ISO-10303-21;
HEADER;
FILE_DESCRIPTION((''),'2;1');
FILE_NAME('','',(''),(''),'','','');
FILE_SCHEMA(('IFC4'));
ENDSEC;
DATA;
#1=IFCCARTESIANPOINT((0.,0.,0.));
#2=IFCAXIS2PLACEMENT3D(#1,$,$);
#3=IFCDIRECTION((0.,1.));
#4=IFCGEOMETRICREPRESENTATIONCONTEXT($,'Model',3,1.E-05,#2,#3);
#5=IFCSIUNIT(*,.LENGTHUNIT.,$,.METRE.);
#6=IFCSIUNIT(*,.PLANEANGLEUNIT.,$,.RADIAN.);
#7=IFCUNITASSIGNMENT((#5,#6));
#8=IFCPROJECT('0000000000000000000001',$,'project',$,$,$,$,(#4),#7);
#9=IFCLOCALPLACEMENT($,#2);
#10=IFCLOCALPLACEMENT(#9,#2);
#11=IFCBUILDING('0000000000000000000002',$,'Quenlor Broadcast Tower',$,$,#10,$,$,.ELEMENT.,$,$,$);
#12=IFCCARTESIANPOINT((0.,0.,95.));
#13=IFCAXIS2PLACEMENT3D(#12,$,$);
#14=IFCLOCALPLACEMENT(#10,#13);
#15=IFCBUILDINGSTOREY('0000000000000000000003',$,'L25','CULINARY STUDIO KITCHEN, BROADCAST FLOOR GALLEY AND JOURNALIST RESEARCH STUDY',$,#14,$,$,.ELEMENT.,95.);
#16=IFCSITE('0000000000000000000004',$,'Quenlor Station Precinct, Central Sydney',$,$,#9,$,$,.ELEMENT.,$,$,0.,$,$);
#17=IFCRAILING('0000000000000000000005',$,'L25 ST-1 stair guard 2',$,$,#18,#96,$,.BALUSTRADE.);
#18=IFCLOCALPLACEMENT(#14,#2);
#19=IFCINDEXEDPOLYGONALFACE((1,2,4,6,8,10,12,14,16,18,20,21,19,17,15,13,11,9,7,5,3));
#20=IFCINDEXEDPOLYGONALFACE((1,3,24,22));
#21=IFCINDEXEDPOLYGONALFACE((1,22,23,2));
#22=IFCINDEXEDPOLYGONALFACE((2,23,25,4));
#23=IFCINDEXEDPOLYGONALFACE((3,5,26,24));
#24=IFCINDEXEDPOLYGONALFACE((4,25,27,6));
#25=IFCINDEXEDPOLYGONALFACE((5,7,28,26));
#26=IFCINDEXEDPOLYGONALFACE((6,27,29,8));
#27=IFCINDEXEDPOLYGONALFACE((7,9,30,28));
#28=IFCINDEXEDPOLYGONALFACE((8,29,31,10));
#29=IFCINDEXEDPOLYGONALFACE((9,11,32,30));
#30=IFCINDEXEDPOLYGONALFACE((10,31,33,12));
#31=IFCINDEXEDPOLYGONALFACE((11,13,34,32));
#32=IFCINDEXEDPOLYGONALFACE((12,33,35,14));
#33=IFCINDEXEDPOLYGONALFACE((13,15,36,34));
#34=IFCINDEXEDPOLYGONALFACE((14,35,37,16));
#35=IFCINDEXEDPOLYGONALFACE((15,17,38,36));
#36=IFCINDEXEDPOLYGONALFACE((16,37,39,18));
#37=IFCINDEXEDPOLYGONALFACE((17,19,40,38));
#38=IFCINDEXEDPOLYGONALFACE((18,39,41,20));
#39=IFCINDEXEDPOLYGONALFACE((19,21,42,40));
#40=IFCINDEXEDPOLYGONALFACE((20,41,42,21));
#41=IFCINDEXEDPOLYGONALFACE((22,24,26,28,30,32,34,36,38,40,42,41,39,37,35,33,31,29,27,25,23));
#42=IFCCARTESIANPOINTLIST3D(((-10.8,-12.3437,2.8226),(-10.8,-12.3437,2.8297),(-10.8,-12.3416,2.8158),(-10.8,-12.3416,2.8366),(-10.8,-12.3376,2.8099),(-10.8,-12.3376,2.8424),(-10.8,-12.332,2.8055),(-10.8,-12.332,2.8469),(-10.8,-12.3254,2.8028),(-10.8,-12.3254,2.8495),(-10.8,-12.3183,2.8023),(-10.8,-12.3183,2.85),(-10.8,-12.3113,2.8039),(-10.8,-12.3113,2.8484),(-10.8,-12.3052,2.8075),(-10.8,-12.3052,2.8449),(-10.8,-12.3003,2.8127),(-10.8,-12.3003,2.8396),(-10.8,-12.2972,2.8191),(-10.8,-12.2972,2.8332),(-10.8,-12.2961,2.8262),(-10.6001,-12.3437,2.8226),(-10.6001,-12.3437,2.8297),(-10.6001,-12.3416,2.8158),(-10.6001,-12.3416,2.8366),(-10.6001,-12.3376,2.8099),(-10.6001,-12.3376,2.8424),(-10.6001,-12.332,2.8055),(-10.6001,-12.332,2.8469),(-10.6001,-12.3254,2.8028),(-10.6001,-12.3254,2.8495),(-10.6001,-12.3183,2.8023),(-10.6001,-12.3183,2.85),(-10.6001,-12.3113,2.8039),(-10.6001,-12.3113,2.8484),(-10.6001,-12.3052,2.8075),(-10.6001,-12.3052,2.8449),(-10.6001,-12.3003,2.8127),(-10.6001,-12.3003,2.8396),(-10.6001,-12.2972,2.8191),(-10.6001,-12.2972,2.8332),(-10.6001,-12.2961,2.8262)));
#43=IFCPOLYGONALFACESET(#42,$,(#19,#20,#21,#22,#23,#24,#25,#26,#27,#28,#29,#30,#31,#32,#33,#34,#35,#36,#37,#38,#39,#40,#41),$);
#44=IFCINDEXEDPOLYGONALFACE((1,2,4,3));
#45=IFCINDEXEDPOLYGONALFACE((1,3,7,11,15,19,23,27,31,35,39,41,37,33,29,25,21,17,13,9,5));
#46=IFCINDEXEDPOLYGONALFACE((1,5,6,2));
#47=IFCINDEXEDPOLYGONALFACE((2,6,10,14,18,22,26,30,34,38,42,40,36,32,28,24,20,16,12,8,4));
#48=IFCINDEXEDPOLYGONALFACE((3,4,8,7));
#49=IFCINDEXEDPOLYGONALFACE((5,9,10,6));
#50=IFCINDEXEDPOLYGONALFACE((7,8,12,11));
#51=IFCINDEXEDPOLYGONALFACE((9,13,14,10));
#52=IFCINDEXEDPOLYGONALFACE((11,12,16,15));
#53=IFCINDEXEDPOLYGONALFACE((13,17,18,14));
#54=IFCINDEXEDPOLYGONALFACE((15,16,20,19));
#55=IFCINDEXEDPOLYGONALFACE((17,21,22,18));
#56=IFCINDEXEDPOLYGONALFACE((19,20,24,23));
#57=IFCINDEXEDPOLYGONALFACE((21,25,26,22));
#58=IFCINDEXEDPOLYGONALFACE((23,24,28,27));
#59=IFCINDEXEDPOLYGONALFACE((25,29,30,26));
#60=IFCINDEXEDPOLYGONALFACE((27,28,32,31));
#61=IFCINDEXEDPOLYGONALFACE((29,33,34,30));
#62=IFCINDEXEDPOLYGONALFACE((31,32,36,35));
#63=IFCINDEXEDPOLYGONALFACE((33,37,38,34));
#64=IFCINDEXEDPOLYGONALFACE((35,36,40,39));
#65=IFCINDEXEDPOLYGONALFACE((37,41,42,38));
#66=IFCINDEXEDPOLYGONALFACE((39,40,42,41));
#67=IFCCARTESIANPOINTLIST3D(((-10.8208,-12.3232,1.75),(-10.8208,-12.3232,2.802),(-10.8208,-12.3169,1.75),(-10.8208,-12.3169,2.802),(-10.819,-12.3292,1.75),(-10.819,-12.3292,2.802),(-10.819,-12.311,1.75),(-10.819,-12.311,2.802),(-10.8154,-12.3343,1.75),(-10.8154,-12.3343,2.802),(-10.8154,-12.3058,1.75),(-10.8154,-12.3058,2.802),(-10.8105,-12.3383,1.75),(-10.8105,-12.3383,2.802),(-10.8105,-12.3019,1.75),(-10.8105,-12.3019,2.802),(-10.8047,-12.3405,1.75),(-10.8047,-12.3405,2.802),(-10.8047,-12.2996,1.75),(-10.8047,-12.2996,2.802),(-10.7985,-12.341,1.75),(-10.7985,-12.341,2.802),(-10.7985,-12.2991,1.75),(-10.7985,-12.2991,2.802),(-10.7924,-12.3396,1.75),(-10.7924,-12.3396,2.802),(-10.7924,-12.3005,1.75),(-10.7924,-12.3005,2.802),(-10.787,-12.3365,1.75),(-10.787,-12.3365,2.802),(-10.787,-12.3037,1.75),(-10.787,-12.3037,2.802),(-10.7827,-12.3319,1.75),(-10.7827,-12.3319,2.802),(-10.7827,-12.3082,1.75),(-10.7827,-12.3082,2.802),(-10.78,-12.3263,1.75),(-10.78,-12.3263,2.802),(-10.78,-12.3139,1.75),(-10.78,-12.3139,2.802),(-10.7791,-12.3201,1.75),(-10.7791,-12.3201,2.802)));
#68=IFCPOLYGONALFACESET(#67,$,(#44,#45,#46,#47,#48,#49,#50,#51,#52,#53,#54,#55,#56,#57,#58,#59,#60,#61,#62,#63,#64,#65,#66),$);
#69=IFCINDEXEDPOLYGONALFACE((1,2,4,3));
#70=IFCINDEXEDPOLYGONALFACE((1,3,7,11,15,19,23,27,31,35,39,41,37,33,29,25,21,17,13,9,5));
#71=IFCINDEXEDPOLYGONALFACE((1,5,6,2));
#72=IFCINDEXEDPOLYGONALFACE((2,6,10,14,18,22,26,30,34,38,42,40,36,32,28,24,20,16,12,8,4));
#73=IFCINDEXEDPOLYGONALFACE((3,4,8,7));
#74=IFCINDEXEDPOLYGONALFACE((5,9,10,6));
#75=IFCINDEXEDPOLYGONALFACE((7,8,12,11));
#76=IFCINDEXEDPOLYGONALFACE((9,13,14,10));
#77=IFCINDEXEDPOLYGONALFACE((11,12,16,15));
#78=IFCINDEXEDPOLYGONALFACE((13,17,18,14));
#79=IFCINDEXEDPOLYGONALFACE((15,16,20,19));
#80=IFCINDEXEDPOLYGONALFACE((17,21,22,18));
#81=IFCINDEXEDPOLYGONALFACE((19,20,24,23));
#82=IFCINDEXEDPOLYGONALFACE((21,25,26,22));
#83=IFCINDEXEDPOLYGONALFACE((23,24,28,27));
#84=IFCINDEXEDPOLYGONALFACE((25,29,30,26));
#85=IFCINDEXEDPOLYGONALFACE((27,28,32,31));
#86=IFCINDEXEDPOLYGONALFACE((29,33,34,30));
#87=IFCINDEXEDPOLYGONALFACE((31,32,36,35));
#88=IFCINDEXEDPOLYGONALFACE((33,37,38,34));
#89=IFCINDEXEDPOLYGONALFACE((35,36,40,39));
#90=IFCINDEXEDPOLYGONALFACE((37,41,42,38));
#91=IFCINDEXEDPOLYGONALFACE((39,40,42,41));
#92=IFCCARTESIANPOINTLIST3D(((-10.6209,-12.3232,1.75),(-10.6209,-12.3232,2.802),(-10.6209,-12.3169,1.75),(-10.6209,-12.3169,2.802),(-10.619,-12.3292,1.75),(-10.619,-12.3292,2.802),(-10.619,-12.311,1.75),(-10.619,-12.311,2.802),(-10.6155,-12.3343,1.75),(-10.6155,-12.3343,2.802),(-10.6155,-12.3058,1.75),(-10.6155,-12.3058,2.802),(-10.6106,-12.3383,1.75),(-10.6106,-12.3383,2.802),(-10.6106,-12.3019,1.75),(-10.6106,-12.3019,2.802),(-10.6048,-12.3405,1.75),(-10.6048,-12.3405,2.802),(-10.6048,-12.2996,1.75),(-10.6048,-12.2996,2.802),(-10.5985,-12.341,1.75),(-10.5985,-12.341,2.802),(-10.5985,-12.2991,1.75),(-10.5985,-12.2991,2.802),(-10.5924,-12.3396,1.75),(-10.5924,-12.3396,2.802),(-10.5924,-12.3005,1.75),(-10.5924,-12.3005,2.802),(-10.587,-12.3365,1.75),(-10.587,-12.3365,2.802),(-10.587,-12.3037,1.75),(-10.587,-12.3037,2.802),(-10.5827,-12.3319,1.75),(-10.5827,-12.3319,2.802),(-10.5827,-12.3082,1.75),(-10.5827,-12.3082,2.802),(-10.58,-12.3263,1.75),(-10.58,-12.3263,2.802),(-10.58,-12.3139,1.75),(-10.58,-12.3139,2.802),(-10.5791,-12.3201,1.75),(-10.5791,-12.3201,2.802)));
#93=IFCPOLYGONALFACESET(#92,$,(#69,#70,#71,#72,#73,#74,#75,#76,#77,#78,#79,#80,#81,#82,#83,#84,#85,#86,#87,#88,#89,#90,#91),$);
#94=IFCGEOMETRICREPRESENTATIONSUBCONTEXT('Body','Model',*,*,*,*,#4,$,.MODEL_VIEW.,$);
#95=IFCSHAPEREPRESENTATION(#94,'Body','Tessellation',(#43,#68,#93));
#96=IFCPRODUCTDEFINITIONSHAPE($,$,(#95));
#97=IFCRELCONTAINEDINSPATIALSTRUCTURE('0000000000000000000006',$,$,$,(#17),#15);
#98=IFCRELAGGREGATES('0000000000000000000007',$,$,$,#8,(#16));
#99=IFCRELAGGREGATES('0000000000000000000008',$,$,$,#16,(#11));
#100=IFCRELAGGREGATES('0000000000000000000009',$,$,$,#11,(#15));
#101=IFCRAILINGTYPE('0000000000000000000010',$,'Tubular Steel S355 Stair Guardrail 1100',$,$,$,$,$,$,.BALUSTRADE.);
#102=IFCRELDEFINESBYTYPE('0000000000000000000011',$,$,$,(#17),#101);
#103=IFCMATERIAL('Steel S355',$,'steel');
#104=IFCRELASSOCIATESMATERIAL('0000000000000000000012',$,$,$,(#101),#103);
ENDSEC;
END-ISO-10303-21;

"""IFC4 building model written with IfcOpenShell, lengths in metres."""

from ifc_helpers import new_model, si_unit, direction, frame, origin, origin_2d, place, context, subcontext, project, spatial, circle, extrude, material, type_object, element, save


model = new_model("IFC4")

# Units and contexts
model_context = context("Model", 3, precision=1e-05, world=origin(), true_north=direction((0.0, 1.0)))
body_context = subcontext(model_context, "Body", "Model", "MODEL_VIEW")
ifc_project = project(units=[si_unit("LENGTHUNIT", "METRE"), si_unit("PLANEANGLEUNIT", "RADIAN")], contexts=[model_context])

# Site, building, storey
site_placement = place(None, origin())
site = spatial("IfcSite", under=ifc_project, at=site_placement, Name="Quenlor Station Precinct, Central Sydney", CompositionType="ELEMENT", RefElevation=0.0)
building_placement = place(site_placement, origin())
building = spatial("IfcBuilding", under=site, at=building_placement, Name="Quenlor Broadcast Tower", CompositionType="ELEMENT")
storey_placement = place(building_placement, frame((0.0, 0.0, 95.0)))
storey = spatial("IfcBuildingStorey", under=building, at=storey_placement, Name="L25", Description="CULINARY STUDIO KITCHEN, BROADCAST FLOOR GALLEY AND JOURNALIST RESEARCH STUDY", CompositionType="ELEMENT", Elevation=95.0)

# Railing
ifc_material_1 = material(Name="Steel S355", Category="steel")
railing_type_1 = type_object("IfcRailingType", Name="Tubular Steel S355 Stair Guardrail 1100", PredefinedType="BALUSTRADE", material=ifc_material_1)
railing_1_placement = place(storey_placement, frame((-10.8, -12.3201, 1.75)))
element("IfcRailing", 1, at=railing_1_placement, inside=storey, type_object=railing_type_1, Name="L25 ST-1 stair guard 2", PredefinedType="BALUSTRADE", context=body_context, shape_type="SweptSolid", body=[
    extrude(circle(Radius=0.0239, at=origin_2d()), frame((0.0, 0.0, 1.0762), z_axis=(1.0, 0.0, 0.0), x_axis=(0.0, 1.0, 0.0)), (0.0, 0.0, 1.0), 0.2),
    extrude(circle(Radius=0.021, at=origin_2d()), origin(), (0.0, 0.0, 1.0), 1.052),
    extrude(circle(Radius=0.021, at=origin_2d()), frame((0.2, 0.0, 0.0)), (0.0, 0.0, 1.0), 1.052),
])

save(model, "model.ifc")
